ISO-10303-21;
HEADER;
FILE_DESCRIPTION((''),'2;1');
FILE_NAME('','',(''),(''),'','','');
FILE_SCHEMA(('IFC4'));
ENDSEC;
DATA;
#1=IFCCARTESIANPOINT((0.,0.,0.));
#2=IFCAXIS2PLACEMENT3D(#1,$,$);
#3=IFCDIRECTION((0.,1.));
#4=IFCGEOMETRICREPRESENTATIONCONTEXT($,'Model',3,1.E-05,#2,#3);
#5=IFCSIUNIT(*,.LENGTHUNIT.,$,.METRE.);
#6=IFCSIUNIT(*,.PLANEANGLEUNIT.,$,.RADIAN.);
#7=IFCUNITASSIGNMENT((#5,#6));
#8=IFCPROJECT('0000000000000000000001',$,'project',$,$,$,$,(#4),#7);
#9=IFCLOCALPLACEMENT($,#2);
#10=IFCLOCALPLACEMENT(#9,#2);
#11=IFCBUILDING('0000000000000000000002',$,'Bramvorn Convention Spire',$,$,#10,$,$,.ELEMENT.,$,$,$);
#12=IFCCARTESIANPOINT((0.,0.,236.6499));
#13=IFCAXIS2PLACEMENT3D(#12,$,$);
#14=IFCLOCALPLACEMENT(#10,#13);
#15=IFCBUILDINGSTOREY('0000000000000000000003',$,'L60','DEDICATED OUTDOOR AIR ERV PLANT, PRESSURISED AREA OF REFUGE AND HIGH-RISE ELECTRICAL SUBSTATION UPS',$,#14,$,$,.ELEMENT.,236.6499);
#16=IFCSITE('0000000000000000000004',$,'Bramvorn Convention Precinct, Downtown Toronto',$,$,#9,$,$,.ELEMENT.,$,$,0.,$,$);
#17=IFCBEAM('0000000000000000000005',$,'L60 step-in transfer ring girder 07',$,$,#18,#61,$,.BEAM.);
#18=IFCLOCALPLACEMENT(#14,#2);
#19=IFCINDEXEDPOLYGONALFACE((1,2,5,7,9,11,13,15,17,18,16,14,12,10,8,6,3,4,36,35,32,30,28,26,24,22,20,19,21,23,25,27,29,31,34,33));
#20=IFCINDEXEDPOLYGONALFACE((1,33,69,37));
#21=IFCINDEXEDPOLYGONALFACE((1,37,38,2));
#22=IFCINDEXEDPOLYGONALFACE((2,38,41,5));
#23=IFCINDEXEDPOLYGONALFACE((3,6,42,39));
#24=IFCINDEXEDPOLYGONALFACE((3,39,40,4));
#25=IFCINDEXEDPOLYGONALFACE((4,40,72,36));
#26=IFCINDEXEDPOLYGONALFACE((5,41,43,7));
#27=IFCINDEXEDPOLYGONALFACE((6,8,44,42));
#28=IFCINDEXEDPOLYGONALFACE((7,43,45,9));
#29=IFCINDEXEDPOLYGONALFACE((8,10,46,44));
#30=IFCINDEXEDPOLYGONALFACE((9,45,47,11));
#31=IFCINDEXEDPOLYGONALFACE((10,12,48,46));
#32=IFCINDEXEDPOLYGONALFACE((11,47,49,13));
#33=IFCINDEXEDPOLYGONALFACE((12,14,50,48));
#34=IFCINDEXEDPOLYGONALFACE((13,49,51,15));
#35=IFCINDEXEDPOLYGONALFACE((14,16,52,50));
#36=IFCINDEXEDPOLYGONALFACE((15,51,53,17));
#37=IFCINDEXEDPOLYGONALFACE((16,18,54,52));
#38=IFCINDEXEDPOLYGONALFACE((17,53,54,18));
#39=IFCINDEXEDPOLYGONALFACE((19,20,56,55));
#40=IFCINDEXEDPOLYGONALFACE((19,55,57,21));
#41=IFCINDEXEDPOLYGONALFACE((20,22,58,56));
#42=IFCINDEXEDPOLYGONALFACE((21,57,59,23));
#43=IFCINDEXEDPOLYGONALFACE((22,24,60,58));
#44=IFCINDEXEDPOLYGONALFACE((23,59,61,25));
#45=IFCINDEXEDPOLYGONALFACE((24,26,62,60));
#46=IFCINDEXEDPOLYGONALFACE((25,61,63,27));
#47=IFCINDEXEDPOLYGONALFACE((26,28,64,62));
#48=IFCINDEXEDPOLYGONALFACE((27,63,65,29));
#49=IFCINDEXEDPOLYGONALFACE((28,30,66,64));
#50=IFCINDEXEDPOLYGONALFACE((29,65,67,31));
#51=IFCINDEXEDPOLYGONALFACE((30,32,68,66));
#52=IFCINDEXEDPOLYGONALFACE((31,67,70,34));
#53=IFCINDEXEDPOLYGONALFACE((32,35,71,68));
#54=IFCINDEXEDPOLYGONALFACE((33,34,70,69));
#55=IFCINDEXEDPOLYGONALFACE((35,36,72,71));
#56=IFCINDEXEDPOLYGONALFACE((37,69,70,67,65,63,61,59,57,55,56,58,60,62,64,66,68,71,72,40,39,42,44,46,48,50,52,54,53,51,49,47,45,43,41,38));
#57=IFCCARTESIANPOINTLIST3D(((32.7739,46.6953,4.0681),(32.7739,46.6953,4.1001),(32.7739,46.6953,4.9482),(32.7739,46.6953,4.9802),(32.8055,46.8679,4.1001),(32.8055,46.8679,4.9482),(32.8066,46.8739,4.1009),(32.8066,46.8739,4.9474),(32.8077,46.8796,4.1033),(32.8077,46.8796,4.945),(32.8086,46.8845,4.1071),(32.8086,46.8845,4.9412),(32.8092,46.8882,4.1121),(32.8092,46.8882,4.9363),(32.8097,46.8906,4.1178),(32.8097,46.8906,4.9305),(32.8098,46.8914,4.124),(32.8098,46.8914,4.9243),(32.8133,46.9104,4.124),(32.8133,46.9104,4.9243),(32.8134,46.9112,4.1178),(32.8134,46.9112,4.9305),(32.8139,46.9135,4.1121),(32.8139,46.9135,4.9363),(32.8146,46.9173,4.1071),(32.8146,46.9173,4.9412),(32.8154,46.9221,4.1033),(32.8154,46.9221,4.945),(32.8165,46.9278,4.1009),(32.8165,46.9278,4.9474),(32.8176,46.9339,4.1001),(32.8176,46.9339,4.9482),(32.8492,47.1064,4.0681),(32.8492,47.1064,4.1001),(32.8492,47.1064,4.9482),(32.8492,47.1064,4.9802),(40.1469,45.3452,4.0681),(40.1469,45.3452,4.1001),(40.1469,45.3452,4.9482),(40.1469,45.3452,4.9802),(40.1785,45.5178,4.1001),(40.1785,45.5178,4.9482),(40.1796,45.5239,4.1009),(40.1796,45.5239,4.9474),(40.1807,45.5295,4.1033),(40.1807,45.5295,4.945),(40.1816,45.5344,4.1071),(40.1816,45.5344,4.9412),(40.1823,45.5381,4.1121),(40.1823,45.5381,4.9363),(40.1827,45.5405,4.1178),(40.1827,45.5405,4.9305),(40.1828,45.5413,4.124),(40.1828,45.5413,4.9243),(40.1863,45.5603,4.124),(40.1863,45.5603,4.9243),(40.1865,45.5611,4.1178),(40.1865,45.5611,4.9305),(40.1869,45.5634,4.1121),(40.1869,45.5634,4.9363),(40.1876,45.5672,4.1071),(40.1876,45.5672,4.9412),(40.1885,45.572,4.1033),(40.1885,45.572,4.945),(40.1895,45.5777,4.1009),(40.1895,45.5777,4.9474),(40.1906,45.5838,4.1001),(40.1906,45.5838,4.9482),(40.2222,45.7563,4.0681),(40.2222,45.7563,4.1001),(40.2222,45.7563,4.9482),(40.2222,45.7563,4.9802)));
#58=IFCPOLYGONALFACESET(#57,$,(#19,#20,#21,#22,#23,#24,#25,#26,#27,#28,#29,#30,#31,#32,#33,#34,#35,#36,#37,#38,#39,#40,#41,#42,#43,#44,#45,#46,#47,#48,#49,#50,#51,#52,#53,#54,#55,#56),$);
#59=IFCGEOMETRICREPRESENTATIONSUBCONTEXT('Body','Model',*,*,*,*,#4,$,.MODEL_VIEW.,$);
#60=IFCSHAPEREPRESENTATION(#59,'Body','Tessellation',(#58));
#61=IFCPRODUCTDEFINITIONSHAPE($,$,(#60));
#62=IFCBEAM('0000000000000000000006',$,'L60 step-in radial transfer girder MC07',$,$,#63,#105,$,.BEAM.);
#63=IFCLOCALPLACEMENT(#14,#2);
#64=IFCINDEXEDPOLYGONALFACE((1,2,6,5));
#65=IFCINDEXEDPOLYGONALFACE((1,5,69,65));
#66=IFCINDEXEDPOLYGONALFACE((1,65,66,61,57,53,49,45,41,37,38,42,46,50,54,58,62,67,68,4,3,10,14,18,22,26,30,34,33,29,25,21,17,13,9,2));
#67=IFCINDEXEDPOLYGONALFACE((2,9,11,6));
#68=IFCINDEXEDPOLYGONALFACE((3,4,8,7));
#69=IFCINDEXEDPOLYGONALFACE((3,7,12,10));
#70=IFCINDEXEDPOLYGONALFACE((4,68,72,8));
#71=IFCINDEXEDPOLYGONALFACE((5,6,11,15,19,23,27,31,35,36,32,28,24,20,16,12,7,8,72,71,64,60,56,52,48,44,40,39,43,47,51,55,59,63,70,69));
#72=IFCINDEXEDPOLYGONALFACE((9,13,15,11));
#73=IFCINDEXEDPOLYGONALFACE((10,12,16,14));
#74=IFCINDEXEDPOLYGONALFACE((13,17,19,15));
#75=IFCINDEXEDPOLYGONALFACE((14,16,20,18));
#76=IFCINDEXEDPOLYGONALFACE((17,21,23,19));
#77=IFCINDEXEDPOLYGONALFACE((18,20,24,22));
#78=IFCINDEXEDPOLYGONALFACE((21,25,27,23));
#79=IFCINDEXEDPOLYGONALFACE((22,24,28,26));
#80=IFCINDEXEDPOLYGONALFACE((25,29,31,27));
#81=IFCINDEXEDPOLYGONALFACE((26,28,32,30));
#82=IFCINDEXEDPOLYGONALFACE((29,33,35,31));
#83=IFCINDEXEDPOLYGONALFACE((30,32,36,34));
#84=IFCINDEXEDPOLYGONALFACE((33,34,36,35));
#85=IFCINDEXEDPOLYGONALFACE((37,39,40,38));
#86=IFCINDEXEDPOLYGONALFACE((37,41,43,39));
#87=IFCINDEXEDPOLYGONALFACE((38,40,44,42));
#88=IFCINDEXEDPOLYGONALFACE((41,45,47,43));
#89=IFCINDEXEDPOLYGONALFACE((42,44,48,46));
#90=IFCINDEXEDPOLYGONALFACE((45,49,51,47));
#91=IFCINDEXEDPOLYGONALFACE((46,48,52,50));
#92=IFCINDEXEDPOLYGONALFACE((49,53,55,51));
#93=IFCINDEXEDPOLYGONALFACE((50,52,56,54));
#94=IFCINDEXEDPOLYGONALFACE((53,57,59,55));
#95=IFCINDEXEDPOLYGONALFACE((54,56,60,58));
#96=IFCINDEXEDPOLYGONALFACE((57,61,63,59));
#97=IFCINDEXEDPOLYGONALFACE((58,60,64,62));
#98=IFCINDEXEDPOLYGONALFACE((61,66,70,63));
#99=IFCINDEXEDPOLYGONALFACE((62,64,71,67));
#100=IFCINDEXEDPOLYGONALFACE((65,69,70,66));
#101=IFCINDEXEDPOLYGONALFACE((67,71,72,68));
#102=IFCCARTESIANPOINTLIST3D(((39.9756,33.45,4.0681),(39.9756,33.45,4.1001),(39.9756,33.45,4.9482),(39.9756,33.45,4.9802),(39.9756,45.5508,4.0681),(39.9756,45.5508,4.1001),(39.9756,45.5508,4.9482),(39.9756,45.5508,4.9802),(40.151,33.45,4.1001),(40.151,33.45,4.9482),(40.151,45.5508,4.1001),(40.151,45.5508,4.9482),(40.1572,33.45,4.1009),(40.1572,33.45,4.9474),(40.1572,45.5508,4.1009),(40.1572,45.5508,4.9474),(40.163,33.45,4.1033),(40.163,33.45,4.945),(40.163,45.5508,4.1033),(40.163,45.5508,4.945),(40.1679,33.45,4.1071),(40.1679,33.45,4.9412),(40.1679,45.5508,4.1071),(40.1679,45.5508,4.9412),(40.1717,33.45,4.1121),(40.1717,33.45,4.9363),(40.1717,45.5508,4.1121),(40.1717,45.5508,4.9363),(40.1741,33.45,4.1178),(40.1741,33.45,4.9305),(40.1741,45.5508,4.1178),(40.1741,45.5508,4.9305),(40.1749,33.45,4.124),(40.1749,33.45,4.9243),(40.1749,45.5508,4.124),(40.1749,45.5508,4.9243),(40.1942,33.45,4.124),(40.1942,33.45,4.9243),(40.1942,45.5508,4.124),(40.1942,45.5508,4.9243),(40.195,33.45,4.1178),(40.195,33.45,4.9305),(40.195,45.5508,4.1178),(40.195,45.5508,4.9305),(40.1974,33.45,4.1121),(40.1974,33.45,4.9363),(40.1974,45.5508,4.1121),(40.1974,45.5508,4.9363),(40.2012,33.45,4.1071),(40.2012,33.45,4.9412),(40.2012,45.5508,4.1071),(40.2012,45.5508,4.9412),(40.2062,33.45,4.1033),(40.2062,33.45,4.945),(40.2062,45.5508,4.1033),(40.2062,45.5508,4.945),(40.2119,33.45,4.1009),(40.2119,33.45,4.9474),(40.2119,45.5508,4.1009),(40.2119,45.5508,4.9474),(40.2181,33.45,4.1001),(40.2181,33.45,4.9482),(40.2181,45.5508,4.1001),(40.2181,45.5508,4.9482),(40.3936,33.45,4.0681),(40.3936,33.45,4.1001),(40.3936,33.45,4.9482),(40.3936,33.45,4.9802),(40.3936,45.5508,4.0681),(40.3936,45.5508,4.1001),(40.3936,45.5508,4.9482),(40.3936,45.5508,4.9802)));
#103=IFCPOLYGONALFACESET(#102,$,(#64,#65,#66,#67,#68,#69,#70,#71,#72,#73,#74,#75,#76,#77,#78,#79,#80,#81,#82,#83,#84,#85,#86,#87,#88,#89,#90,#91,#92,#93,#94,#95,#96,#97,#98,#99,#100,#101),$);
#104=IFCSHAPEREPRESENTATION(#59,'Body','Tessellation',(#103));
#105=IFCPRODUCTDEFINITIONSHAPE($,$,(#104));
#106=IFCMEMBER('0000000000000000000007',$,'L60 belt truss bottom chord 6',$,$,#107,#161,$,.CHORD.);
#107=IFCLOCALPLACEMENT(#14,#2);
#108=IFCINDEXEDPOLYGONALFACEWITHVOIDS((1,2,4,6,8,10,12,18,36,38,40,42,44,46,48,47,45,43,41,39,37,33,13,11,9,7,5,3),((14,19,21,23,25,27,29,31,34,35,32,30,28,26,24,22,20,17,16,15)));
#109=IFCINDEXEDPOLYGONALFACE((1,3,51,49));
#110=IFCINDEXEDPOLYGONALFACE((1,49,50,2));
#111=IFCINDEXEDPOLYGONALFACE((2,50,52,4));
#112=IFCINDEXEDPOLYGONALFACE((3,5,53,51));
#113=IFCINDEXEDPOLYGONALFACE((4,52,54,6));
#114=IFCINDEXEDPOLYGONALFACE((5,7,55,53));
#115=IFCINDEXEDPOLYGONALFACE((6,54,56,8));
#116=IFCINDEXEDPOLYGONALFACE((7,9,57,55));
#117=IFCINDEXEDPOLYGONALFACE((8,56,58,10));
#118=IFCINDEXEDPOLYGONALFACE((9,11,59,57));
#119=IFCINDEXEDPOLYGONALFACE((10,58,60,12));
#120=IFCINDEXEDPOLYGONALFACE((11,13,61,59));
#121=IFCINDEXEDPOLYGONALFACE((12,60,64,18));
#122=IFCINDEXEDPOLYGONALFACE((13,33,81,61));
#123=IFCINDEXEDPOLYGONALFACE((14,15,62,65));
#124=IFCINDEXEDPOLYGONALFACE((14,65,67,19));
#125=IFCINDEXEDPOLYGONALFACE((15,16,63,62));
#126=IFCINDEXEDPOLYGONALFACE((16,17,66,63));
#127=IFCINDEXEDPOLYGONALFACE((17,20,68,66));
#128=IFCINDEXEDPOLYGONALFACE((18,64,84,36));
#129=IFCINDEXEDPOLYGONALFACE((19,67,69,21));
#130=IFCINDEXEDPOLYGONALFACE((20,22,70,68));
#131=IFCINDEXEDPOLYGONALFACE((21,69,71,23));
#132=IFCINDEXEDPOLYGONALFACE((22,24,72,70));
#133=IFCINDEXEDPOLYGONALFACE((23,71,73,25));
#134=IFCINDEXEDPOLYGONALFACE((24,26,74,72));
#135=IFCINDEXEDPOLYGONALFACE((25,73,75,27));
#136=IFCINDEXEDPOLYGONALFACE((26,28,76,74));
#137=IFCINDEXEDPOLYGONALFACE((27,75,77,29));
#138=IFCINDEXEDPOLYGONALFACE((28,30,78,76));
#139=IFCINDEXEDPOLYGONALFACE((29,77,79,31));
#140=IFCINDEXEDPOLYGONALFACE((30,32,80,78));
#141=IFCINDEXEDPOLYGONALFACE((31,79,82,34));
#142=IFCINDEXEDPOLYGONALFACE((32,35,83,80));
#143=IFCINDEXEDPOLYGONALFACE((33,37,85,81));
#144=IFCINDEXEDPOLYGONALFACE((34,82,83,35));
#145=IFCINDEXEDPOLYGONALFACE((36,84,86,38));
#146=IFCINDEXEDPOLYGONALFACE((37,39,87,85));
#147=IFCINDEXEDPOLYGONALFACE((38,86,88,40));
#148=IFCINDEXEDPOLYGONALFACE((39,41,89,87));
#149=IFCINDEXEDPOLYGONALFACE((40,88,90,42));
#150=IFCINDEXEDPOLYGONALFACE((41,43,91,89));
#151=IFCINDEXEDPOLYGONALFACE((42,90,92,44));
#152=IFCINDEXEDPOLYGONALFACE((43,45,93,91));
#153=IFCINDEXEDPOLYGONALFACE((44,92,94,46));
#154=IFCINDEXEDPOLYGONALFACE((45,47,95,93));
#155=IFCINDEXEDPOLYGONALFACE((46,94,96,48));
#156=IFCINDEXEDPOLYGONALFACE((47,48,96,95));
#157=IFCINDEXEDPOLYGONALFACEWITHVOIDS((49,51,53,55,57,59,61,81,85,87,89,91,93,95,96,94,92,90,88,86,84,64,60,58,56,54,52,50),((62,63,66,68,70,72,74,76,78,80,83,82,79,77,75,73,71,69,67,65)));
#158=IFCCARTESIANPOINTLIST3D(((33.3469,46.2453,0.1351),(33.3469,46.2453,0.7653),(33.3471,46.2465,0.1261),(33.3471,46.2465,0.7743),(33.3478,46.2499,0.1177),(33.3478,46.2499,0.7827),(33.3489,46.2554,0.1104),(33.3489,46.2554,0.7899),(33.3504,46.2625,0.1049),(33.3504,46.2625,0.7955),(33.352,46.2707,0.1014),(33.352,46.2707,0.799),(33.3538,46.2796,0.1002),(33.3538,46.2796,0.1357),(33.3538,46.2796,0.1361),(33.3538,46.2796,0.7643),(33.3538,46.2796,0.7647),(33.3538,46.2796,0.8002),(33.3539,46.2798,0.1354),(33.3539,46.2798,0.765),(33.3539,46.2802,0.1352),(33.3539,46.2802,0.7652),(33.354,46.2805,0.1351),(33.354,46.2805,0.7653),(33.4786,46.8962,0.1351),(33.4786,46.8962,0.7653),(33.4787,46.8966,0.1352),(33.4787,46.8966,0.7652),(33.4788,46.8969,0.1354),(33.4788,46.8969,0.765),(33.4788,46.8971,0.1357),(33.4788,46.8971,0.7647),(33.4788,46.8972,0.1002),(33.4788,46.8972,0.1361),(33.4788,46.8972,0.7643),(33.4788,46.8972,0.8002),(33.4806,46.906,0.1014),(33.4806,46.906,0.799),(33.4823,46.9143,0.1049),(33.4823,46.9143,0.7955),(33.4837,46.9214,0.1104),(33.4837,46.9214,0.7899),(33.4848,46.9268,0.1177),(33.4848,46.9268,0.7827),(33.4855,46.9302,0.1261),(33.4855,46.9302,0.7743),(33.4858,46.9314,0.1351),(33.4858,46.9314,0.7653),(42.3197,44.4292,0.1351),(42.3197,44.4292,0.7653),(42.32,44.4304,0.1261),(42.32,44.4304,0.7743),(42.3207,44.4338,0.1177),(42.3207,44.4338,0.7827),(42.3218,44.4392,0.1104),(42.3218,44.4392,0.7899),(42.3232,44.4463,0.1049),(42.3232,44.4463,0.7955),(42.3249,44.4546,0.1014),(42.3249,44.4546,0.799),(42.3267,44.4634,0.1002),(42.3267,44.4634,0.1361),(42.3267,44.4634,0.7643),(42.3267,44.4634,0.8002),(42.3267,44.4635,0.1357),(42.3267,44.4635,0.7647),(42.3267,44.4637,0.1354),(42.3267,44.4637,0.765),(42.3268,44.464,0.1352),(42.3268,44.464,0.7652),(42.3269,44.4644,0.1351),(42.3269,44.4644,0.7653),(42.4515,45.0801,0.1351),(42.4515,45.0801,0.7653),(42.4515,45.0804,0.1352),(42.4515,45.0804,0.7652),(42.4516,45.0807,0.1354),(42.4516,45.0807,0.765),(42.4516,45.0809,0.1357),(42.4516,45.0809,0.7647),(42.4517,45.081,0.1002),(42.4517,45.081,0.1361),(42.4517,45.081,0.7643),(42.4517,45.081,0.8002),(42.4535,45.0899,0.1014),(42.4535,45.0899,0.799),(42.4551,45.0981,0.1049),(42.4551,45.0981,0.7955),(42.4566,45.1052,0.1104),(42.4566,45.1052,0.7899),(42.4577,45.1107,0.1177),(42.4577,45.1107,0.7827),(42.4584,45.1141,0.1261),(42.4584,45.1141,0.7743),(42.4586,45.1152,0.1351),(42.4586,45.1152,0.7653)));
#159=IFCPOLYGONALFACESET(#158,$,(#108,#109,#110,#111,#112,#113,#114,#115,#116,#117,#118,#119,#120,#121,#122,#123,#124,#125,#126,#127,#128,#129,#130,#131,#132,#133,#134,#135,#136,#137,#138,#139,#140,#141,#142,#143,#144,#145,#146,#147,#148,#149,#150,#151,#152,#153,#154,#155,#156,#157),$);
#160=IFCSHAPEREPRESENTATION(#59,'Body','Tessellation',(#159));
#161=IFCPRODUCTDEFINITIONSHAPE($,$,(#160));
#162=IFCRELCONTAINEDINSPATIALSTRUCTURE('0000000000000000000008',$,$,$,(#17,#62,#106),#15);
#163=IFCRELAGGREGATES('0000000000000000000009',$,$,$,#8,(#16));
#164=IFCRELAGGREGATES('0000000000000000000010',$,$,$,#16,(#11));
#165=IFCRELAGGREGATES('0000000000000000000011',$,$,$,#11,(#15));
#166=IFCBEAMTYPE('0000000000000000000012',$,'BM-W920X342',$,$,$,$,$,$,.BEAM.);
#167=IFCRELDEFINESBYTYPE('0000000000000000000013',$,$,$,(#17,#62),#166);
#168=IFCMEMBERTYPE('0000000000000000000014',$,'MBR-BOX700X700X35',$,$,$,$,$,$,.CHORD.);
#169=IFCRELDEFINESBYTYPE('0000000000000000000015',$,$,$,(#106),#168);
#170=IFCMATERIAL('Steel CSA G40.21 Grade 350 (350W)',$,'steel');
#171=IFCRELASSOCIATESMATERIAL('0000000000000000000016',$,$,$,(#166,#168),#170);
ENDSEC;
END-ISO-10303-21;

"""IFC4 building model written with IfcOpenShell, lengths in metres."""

from ifc_helpers import new_model, si_unit, direction, frame, origin, origin_2d, place, context, subcontext, project, spatial, hollow_rectangle, i_section, extrude, material, material_profile, profile_set, type_object, element, save


model = new_model("IFC4")

# Units and contexts
model_context = context("Model", 3, precision=1e-05, world=origin(), true_north=direction((0.0, 1.0)))
body_context = subcontext(model_context, "Body", "Model", "MODEL_VIEW")
ifc_project = project(units=[si_unit("LENGTHUNIT", "METRE"), si_unit("PLANEANGLEUNIT", "RADIAN")], contexts=[model_context])

# Site, building, storey
site_placement = place(None, origin())
site = spatial("IfcSite", under=ifc_project, at=site_placement, Name="Bramvorn Convention Precinct, Downtown Toronto", CompositionType="ELEMENT", RefElevation=0.0)
building_placement = place(site_placement, origin())
building = spatial("IfcBuilding", under=site, at=building_placement, Name="Bramvorn Convention Spire", CompositionType="ELEMENT")
storey_placement = place(building_placement, frame((0.0, 0.0, 236.6499)))
storey = spatial("IfcBuildingStorey", under=building, at=storey_placement, Name="L60", Description="DEDICATED OUTDOOR AIR ERV PLANT, PRESSURISED AREA OF REFUGE AND HIGH-RISE ELECTRICAL SUBSTATION UPS", CompositionType="ELEMENT", Elevation=236.6499)

# Shared definitions
ifc_material_1 = material(Name="Steel CSA G40.21 Grade 350 (350W)", Category="steel")

# Beams
ifc_material_profile_1 = material_profile(ifc_material_1, i_section(OverallWidth=0.418, OverallDepth=0.9121, WebThickness=0.0193, FlangeThickness=0.032, FilletRadius=0.0239, at=origin_2d()))
ifc_profile_set_1 = profile_set([ifc_material_profile_1], Name="Steel CSA G40.21 Grade 350 (350W) - W920X342")
beam_type = type_object("IfcBeamType", Name="BM-W920X342", PredefinedType="BEAM", material=ifc_profile_set_1)
beam_1_placement = place(storey_placement, frame((40.1846, 45.5508, 4.5242), z_axis=(-0.983645, 0.180118, 0.0), x_axis=(-0.180118, -0.983645, 0.0)))
element("IfcBeam", 1, at=beam_1_placement, inside=storey, type_object=beam_type, Name="L60 step-in transfer ring girder 07", PredefinedType="BEAM", context=body_context, shape_type="SweptSolid", body=[
    extrude(i_section(OverallWidth=0.418, OverallDepth=0.9121, WebThickness=0.0193, FlangeThickness=0.032, FilletRadius=0.0239, at=origin_2d()), origin(), (0.0, 0.0, 1.0), 7.4956),
])
beam_2_placement = place(storey_placement, frame((40.1846, 33.45, 4.5242), z_axis=(0.0, 1.0, 0.0), x_axis=(-1.0, 0.0, 0.0)))
element("IfcBeam", 2, at=beam_2_placement, inside=storey, type_object=beam_type, Name="L60 step-in radial transfer girder MC07", PredefinedType="BEAM", context=body_context, shape_type="SweptSolid", body=[
    extrude(i_section(OverallWidth=0.418, OverallDepth=0.9121, WebThickness=0.0193, FlangeThickness=0.032, FilletRadius=0.0239, at=origin_2d()), origin(), (0.0, 0.0, 1.0), 12.1008),
])

# Member
ifc_material_profile_2 = material_profile(ifc_material_1, hollow_rectangle(XDim=0.7, YDim=0.7, WallThickness=0.0349, InnerFilletRadius=0.001, OuterFilletRadius=0.0349, at=origin_2d()))
ifc_profile_set_2 = profile_set([ifc_material_profile_2], Name="Steel CSA G40.21 Grade 350 (350W) - BOX700X700X35")
member_type_1 = type_object("IfcMemberType", Name="MBR-BOX700X700X35", PredefinedType="CHORD", material=ifc_profile_set_2)
member_1_placement = place(storey_placement, frame((42.3892, 44.7722, 0.4502), z_axis=(-0.980125, 0.198382, 0.0), x_axis=(-0.198382, -0.980125, 0.0)))
element("IfcMember", 3, at=member_1_placement, inside=storey, type_object=member_type_1, Name="L60 belt truss bottom chord 6", PredefinedType="CHORD", context=body_context, shape_type="SweptSolid", body=[
    extrude(hollow_rectangle(XDim=0.7, YDim=0.7, WallThickness=0.0349, InnerFilletRadius=0.001, OuterFilletRadius=0.0349, at=origin_2d()), origin(), (0.0, 0.0, 1.0), 9.1548),
])

save(model, "model.ifc")
